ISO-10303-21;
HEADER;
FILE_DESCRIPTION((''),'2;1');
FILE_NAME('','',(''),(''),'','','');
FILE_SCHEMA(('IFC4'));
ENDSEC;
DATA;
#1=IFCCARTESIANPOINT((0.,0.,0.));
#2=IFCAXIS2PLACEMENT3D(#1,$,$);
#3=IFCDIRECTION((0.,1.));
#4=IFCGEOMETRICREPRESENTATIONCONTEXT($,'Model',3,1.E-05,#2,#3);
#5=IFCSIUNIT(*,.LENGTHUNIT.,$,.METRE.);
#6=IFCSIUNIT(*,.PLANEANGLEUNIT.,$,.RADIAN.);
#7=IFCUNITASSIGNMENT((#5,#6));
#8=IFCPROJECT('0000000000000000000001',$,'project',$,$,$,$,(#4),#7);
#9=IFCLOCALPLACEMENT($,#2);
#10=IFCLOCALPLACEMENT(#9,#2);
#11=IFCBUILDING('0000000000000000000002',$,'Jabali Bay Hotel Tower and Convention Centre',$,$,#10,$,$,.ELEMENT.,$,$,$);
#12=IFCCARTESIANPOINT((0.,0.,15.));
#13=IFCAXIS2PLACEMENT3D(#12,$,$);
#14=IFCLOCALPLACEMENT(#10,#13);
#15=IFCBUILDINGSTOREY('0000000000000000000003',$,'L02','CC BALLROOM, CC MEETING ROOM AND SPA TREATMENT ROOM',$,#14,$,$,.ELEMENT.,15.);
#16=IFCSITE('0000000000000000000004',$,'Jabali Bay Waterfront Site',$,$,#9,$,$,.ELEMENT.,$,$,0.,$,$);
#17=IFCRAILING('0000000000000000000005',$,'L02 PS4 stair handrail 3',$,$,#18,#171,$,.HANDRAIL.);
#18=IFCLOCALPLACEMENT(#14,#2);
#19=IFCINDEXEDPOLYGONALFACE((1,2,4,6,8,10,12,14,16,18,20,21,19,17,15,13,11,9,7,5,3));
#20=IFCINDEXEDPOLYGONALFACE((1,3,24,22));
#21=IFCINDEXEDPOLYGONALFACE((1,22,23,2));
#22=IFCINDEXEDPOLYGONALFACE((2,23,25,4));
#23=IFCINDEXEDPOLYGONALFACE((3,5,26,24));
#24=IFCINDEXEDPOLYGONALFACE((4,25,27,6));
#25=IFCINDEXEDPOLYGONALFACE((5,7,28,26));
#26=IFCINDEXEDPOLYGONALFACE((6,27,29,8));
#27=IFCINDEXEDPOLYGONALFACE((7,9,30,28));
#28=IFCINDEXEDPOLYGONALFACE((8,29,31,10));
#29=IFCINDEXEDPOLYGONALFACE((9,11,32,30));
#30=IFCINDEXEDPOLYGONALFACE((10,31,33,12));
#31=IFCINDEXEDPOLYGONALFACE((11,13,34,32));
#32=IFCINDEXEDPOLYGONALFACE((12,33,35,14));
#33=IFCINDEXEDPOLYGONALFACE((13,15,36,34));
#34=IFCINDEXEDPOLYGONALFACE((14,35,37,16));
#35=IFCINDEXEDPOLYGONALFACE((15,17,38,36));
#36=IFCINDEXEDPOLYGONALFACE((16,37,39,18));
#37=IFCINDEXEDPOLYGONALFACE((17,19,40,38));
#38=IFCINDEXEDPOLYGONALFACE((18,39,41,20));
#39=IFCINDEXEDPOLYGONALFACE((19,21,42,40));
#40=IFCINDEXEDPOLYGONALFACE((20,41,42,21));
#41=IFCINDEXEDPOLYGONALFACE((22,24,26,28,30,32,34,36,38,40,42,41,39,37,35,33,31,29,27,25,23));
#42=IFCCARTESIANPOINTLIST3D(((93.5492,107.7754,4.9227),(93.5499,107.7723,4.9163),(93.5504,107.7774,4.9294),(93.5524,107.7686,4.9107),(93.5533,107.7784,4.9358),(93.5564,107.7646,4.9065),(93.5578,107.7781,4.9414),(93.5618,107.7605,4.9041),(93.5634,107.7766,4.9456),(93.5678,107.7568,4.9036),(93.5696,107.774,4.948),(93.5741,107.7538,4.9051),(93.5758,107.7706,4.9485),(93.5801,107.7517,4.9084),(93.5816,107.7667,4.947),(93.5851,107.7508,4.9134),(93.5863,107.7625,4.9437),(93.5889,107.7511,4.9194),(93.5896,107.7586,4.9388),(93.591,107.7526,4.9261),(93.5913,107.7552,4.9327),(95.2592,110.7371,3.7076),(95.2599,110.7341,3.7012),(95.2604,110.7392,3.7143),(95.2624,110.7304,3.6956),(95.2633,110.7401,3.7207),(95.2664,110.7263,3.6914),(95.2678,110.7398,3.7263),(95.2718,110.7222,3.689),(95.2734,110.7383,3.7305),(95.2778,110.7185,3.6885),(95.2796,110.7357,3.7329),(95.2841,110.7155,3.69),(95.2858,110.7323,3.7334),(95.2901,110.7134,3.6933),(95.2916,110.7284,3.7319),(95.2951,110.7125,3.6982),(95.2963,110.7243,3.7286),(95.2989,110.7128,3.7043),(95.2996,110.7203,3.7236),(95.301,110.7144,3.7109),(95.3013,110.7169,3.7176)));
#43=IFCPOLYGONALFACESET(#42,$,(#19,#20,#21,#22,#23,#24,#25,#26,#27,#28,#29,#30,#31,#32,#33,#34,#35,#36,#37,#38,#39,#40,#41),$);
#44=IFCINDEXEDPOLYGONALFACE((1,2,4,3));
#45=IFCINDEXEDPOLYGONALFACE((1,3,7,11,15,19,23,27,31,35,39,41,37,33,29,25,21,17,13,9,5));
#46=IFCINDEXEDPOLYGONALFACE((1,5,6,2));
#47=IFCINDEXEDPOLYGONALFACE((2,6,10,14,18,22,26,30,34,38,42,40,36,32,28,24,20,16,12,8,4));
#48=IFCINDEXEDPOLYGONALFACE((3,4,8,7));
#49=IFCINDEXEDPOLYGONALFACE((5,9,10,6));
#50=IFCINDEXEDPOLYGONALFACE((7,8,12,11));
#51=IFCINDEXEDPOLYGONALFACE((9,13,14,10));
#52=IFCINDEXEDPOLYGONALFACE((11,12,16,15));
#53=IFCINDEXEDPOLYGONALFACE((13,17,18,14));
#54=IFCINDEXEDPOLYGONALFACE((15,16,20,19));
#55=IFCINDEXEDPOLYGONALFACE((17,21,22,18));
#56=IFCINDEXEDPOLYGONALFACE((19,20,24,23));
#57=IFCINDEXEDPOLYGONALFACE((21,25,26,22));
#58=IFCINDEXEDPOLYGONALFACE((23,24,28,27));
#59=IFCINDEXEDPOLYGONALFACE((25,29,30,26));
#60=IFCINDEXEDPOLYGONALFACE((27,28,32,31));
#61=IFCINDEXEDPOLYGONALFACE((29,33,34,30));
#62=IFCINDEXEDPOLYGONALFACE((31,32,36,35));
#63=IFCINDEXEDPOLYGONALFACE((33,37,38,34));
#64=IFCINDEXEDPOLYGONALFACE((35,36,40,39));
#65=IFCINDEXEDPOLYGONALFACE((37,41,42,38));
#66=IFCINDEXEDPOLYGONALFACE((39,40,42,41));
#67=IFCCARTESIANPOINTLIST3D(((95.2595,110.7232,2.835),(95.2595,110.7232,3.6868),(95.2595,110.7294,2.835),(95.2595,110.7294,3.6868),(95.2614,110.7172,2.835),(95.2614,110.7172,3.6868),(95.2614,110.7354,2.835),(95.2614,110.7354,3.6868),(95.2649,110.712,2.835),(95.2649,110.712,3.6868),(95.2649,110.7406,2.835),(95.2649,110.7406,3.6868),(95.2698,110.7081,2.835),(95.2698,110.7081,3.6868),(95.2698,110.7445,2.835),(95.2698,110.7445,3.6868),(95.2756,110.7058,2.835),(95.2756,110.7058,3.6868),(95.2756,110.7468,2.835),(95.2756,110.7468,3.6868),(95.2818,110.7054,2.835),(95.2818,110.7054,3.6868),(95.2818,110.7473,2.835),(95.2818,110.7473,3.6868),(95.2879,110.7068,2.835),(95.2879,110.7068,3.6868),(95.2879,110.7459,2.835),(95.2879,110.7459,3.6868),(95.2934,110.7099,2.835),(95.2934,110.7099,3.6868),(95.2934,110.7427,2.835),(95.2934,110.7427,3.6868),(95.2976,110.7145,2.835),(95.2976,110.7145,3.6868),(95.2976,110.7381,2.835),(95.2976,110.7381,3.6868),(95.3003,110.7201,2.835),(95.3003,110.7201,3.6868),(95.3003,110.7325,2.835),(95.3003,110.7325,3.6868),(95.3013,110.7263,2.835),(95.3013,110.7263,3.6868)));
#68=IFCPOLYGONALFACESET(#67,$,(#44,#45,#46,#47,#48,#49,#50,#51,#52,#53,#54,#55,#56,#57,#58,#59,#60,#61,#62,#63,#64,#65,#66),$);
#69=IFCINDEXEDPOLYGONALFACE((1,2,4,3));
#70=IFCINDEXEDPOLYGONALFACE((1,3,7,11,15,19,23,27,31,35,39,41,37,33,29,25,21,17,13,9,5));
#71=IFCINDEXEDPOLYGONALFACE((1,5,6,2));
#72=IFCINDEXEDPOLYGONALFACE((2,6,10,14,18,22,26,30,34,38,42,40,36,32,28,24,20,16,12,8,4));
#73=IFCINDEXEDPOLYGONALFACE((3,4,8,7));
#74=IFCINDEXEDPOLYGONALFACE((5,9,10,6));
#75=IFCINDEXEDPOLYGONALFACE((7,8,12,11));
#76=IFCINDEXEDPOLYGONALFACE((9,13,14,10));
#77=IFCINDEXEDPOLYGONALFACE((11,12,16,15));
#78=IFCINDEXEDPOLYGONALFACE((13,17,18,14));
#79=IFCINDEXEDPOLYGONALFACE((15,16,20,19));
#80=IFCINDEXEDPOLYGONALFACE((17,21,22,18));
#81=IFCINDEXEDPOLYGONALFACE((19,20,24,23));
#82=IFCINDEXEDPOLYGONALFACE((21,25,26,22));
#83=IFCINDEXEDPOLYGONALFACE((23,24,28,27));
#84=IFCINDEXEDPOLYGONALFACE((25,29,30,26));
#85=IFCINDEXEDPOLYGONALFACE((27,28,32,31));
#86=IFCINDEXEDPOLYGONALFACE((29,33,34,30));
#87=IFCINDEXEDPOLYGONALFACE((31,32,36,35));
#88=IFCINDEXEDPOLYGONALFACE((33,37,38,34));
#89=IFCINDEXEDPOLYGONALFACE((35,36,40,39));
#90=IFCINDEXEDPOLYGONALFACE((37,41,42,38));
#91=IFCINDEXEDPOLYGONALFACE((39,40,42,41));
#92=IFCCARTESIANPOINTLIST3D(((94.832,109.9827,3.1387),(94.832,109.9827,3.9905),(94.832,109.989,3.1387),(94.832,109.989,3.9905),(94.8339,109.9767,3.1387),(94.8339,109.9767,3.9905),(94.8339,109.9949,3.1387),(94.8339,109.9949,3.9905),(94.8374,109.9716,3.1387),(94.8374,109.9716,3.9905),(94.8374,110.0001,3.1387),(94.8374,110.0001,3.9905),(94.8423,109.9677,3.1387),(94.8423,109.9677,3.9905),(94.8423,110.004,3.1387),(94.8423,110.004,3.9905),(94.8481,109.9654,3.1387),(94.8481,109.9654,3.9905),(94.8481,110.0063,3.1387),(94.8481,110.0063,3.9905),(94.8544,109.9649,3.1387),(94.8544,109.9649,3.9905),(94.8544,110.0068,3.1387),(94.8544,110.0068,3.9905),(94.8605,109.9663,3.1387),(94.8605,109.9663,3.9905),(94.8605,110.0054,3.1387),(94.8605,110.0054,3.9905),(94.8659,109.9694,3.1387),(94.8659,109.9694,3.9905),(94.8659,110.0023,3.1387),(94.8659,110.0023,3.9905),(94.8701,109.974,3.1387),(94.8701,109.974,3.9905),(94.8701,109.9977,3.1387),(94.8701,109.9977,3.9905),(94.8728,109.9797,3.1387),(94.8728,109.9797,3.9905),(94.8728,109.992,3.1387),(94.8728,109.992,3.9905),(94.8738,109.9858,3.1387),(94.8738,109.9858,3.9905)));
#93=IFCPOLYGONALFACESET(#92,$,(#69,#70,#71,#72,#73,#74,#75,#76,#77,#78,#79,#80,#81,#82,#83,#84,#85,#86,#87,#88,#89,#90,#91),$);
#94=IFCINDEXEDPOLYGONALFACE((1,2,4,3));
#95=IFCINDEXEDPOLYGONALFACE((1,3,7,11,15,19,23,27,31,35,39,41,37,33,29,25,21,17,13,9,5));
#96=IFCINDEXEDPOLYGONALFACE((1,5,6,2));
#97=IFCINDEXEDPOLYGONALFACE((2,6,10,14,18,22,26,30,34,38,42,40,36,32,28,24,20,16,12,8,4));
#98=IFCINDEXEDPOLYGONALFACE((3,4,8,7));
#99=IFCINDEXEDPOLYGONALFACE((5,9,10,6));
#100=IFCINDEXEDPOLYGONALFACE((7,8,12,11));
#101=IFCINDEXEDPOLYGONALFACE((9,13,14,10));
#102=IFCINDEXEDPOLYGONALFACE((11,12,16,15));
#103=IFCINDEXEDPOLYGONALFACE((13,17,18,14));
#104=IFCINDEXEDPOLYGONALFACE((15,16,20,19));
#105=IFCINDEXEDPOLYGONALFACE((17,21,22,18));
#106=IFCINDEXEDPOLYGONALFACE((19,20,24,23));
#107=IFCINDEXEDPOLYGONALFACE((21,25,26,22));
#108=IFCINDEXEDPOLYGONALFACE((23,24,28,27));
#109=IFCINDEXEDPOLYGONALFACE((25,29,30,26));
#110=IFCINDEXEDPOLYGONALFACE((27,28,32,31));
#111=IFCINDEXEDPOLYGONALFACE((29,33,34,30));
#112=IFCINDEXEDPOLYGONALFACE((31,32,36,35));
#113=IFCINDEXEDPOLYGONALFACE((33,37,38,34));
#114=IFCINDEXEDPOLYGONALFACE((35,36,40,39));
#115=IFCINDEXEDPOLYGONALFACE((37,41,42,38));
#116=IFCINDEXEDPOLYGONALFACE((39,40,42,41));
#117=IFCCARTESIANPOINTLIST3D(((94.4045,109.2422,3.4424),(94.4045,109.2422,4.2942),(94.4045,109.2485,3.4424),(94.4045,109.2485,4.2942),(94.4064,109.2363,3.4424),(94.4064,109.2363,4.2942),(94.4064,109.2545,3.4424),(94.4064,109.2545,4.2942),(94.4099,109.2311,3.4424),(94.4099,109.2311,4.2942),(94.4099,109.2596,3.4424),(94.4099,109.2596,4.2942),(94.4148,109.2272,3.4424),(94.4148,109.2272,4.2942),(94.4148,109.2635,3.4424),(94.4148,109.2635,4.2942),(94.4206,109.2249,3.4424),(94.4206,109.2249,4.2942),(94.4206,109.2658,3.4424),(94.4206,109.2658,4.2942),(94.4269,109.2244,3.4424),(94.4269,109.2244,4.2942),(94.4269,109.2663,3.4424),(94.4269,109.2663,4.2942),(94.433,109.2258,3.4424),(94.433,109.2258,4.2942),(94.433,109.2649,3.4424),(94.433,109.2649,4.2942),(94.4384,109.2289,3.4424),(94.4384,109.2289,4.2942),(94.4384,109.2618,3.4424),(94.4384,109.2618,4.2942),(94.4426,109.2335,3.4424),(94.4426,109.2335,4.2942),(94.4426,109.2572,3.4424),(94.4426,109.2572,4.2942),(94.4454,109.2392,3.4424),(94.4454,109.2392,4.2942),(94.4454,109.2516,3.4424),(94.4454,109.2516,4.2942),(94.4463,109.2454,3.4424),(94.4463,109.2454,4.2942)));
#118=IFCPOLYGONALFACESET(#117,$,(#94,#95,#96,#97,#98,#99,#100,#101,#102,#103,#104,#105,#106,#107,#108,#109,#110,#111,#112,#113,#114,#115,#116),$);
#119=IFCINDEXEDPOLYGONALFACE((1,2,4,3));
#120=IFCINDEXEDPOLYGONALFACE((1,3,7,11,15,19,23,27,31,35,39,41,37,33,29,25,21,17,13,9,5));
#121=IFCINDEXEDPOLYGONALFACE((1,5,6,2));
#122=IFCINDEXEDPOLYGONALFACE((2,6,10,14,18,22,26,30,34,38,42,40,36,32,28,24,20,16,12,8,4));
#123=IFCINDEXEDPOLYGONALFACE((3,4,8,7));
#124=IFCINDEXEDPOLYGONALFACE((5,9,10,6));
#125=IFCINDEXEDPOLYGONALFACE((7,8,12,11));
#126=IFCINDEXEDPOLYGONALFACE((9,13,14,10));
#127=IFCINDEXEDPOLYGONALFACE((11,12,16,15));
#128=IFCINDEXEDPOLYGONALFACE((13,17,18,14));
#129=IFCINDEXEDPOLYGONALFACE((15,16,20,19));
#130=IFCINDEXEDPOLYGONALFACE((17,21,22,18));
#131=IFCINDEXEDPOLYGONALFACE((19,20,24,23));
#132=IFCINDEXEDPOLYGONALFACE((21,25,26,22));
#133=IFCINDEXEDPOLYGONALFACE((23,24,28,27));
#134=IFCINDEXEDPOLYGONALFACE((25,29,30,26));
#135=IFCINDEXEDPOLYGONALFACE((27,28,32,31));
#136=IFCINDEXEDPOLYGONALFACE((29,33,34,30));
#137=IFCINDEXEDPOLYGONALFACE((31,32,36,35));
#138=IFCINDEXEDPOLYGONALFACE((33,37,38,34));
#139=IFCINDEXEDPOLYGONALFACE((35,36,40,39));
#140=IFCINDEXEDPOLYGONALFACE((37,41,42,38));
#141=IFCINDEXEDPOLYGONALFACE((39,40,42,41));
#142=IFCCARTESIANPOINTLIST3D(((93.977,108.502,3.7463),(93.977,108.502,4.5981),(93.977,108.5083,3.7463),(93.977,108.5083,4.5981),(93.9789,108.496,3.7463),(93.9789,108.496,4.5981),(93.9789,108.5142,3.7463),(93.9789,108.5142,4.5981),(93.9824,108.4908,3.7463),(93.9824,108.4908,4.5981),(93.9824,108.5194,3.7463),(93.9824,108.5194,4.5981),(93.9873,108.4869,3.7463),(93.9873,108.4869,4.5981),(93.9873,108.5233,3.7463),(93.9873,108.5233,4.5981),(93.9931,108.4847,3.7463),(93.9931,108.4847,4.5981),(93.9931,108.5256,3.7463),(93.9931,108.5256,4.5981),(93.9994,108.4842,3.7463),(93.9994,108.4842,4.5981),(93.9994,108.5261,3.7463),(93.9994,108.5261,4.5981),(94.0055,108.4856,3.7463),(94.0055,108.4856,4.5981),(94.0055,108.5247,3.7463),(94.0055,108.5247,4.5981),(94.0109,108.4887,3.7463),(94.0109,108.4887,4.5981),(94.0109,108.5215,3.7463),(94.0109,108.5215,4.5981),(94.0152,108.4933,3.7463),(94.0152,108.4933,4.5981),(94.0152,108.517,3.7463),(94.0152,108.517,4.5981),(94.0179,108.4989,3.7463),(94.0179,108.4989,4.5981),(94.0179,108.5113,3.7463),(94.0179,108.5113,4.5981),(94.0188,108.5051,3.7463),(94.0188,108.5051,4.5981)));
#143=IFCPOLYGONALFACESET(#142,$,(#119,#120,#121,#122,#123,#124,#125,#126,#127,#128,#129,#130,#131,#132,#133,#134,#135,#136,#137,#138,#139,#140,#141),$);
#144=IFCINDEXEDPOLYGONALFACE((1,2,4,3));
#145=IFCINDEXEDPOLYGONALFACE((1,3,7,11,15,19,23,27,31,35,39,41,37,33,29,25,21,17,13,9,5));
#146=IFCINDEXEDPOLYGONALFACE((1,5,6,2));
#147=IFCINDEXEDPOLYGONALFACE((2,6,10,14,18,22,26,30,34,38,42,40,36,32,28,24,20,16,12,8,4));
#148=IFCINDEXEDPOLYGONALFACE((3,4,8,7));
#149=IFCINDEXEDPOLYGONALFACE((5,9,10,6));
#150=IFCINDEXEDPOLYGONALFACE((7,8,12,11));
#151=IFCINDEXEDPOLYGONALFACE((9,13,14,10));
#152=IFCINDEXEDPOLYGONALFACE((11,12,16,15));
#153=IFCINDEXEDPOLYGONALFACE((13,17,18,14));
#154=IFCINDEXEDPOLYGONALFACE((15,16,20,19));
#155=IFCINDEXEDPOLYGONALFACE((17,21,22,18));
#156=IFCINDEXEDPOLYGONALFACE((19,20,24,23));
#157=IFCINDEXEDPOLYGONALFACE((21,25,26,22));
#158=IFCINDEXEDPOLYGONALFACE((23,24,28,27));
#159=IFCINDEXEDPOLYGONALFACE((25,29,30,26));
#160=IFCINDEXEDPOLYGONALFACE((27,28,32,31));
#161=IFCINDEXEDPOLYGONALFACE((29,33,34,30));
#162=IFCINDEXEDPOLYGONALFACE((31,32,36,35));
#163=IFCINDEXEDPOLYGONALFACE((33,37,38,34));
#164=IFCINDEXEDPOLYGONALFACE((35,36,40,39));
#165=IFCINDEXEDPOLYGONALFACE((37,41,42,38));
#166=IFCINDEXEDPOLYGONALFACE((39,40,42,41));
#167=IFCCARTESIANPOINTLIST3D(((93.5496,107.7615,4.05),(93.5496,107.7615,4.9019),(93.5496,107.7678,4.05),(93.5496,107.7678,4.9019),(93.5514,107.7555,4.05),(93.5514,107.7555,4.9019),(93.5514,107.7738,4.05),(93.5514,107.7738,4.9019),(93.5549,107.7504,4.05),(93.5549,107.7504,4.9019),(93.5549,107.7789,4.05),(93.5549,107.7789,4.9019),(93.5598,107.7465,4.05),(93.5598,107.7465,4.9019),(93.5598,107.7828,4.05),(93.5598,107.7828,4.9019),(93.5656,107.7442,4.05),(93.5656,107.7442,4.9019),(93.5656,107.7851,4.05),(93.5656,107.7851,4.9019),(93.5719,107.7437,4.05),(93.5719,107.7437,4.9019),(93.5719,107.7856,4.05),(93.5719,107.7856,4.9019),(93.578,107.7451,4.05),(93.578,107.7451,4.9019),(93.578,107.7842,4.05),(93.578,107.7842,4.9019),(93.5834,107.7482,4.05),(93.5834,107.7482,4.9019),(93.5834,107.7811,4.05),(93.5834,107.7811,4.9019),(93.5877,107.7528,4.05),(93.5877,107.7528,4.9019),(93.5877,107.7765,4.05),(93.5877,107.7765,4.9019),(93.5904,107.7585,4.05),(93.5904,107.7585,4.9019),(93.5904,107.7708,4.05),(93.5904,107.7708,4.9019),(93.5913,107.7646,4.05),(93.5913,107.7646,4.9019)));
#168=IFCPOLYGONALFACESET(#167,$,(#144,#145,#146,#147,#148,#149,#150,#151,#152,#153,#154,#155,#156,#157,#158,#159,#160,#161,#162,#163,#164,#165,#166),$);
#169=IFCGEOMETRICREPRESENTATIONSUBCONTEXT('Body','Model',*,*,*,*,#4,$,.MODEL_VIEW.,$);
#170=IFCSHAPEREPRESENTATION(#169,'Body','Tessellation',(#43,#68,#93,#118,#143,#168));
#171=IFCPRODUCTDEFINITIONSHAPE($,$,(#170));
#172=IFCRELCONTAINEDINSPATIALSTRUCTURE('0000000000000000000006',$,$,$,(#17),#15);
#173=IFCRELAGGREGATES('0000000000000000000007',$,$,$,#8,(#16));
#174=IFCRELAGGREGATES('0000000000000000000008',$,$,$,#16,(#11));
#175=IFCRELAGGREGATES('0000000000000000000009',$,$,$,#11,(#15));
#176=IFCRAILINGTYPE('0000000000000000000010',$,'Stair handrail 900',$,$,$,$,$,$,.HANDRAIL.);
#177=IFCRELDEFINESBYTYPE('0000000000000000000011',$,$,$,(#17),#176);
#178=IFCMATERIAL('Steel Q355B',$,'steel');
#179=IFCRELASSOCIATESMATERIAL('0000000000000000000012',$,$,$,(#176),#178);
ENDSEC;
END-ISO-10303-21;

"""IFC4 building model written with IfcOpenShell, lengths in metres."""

from ifc_helpers import new_model, si_unit, direction, frame, origin, origin_2d, place, context, subcontext, project, spatial, circle, extrude, material, type_object, element, save


model = new_model("IFC4")

# Units and contexts
model_context = context("Model", 3, precision=1e-05, world=origin(), true_north=direction((0.0, 1.0)))
body_context = subcontext(model_context, "Body", "Model", "MODEL_VIEW")
ifc_project = project(units=[si_unit("LENGTHUNIT", "METRE"), si_unit("PLANEANGLEUNIT", "RADIAN")], contexts=[model_context])

# Site, building, storey
site_placement = place(None, origin())
site = spatial("IfcSite", under=ifc_project, at=site_placement, Name="Jabali Bay Waterfront Site", CompositionType="ELEMENT", RefElevation=0.0)
building_placement = place(site_placement, origin())
building = spatial("IfcBuilding", under=site, at=building_placement, Name="Jabali Bay Hotel Tower and Convention Centre", CompositionType="ELEMENT")
storey_placement = place(building_placement, frame((0.0, 0.0, 15.0)))
storey = spatial("IfcBuildingStorey", under=building, at=storey_placement, Name="L02", Description="CC BALLROOM, CC MEETING ROOM AND SPA TREATMENT ROOM", CompositionType="ELEMENT", Elevation=15.0)

# Railing
ifc_material_1 = material(Name="Steel Q355B", Category="steel")
railing_type_1 = type_object("IfcRailingType", Name="Stair handrail 900", PredefinedType="HANDRAIL", material=ifc_material_1)
for number, where, name in (
    (1, (95.2803, 110.7263, 2.835), "L02 PS4 stair handrail 3"),
):
    element("IfcRailing", number, at=place(storey_placement, frame(where)), inside=storey, type_object=railing_type_1, Name=name, PredefinedType="HANDRAIL", context=body_context, shape_type="SweptSolid", body=[
        extrude(circle(Radius=0.0239, at=origin_2d()), frame((0.0, 0.0, 0.876), z_axis=(-0.471153, -0.816042, 0.334799), x_axis=(0.86602, -0.500009, 0.0)), (0.0, 0.0, 1.0), 3.6294),
        extrude(circle(Radius=0.021, at=origin_2d()), origin(), (0.0, 0.0, 1.0), 0.8518),
        extrude(circle(Radius=0.021, at=origin_2d()), frame((-0.4275, -0.7405, 0.3037)), (0.0, 0.0, 1.0), 0.8518),
        extrude(circle(Radius=0.021, at=origin_2d()), frame((-0.855, -1.481, 0.6074)), (0.0, 0.0, 1.0), 0.8518),
        extrude(circle(Radius=0.021, at=origin_2d()), frame((-1.2825, -2.2212, 0.9114)), (0.0, 0.0, 1.0), 0.8518),
        extrude(circle(Radius=0.021, at=origin_2d()), frame((-1.71, -2.9617, 1.2151)), (0.0, 0.0, 1.0), 0.8518),
    ])

save(model, "model.ifc")
